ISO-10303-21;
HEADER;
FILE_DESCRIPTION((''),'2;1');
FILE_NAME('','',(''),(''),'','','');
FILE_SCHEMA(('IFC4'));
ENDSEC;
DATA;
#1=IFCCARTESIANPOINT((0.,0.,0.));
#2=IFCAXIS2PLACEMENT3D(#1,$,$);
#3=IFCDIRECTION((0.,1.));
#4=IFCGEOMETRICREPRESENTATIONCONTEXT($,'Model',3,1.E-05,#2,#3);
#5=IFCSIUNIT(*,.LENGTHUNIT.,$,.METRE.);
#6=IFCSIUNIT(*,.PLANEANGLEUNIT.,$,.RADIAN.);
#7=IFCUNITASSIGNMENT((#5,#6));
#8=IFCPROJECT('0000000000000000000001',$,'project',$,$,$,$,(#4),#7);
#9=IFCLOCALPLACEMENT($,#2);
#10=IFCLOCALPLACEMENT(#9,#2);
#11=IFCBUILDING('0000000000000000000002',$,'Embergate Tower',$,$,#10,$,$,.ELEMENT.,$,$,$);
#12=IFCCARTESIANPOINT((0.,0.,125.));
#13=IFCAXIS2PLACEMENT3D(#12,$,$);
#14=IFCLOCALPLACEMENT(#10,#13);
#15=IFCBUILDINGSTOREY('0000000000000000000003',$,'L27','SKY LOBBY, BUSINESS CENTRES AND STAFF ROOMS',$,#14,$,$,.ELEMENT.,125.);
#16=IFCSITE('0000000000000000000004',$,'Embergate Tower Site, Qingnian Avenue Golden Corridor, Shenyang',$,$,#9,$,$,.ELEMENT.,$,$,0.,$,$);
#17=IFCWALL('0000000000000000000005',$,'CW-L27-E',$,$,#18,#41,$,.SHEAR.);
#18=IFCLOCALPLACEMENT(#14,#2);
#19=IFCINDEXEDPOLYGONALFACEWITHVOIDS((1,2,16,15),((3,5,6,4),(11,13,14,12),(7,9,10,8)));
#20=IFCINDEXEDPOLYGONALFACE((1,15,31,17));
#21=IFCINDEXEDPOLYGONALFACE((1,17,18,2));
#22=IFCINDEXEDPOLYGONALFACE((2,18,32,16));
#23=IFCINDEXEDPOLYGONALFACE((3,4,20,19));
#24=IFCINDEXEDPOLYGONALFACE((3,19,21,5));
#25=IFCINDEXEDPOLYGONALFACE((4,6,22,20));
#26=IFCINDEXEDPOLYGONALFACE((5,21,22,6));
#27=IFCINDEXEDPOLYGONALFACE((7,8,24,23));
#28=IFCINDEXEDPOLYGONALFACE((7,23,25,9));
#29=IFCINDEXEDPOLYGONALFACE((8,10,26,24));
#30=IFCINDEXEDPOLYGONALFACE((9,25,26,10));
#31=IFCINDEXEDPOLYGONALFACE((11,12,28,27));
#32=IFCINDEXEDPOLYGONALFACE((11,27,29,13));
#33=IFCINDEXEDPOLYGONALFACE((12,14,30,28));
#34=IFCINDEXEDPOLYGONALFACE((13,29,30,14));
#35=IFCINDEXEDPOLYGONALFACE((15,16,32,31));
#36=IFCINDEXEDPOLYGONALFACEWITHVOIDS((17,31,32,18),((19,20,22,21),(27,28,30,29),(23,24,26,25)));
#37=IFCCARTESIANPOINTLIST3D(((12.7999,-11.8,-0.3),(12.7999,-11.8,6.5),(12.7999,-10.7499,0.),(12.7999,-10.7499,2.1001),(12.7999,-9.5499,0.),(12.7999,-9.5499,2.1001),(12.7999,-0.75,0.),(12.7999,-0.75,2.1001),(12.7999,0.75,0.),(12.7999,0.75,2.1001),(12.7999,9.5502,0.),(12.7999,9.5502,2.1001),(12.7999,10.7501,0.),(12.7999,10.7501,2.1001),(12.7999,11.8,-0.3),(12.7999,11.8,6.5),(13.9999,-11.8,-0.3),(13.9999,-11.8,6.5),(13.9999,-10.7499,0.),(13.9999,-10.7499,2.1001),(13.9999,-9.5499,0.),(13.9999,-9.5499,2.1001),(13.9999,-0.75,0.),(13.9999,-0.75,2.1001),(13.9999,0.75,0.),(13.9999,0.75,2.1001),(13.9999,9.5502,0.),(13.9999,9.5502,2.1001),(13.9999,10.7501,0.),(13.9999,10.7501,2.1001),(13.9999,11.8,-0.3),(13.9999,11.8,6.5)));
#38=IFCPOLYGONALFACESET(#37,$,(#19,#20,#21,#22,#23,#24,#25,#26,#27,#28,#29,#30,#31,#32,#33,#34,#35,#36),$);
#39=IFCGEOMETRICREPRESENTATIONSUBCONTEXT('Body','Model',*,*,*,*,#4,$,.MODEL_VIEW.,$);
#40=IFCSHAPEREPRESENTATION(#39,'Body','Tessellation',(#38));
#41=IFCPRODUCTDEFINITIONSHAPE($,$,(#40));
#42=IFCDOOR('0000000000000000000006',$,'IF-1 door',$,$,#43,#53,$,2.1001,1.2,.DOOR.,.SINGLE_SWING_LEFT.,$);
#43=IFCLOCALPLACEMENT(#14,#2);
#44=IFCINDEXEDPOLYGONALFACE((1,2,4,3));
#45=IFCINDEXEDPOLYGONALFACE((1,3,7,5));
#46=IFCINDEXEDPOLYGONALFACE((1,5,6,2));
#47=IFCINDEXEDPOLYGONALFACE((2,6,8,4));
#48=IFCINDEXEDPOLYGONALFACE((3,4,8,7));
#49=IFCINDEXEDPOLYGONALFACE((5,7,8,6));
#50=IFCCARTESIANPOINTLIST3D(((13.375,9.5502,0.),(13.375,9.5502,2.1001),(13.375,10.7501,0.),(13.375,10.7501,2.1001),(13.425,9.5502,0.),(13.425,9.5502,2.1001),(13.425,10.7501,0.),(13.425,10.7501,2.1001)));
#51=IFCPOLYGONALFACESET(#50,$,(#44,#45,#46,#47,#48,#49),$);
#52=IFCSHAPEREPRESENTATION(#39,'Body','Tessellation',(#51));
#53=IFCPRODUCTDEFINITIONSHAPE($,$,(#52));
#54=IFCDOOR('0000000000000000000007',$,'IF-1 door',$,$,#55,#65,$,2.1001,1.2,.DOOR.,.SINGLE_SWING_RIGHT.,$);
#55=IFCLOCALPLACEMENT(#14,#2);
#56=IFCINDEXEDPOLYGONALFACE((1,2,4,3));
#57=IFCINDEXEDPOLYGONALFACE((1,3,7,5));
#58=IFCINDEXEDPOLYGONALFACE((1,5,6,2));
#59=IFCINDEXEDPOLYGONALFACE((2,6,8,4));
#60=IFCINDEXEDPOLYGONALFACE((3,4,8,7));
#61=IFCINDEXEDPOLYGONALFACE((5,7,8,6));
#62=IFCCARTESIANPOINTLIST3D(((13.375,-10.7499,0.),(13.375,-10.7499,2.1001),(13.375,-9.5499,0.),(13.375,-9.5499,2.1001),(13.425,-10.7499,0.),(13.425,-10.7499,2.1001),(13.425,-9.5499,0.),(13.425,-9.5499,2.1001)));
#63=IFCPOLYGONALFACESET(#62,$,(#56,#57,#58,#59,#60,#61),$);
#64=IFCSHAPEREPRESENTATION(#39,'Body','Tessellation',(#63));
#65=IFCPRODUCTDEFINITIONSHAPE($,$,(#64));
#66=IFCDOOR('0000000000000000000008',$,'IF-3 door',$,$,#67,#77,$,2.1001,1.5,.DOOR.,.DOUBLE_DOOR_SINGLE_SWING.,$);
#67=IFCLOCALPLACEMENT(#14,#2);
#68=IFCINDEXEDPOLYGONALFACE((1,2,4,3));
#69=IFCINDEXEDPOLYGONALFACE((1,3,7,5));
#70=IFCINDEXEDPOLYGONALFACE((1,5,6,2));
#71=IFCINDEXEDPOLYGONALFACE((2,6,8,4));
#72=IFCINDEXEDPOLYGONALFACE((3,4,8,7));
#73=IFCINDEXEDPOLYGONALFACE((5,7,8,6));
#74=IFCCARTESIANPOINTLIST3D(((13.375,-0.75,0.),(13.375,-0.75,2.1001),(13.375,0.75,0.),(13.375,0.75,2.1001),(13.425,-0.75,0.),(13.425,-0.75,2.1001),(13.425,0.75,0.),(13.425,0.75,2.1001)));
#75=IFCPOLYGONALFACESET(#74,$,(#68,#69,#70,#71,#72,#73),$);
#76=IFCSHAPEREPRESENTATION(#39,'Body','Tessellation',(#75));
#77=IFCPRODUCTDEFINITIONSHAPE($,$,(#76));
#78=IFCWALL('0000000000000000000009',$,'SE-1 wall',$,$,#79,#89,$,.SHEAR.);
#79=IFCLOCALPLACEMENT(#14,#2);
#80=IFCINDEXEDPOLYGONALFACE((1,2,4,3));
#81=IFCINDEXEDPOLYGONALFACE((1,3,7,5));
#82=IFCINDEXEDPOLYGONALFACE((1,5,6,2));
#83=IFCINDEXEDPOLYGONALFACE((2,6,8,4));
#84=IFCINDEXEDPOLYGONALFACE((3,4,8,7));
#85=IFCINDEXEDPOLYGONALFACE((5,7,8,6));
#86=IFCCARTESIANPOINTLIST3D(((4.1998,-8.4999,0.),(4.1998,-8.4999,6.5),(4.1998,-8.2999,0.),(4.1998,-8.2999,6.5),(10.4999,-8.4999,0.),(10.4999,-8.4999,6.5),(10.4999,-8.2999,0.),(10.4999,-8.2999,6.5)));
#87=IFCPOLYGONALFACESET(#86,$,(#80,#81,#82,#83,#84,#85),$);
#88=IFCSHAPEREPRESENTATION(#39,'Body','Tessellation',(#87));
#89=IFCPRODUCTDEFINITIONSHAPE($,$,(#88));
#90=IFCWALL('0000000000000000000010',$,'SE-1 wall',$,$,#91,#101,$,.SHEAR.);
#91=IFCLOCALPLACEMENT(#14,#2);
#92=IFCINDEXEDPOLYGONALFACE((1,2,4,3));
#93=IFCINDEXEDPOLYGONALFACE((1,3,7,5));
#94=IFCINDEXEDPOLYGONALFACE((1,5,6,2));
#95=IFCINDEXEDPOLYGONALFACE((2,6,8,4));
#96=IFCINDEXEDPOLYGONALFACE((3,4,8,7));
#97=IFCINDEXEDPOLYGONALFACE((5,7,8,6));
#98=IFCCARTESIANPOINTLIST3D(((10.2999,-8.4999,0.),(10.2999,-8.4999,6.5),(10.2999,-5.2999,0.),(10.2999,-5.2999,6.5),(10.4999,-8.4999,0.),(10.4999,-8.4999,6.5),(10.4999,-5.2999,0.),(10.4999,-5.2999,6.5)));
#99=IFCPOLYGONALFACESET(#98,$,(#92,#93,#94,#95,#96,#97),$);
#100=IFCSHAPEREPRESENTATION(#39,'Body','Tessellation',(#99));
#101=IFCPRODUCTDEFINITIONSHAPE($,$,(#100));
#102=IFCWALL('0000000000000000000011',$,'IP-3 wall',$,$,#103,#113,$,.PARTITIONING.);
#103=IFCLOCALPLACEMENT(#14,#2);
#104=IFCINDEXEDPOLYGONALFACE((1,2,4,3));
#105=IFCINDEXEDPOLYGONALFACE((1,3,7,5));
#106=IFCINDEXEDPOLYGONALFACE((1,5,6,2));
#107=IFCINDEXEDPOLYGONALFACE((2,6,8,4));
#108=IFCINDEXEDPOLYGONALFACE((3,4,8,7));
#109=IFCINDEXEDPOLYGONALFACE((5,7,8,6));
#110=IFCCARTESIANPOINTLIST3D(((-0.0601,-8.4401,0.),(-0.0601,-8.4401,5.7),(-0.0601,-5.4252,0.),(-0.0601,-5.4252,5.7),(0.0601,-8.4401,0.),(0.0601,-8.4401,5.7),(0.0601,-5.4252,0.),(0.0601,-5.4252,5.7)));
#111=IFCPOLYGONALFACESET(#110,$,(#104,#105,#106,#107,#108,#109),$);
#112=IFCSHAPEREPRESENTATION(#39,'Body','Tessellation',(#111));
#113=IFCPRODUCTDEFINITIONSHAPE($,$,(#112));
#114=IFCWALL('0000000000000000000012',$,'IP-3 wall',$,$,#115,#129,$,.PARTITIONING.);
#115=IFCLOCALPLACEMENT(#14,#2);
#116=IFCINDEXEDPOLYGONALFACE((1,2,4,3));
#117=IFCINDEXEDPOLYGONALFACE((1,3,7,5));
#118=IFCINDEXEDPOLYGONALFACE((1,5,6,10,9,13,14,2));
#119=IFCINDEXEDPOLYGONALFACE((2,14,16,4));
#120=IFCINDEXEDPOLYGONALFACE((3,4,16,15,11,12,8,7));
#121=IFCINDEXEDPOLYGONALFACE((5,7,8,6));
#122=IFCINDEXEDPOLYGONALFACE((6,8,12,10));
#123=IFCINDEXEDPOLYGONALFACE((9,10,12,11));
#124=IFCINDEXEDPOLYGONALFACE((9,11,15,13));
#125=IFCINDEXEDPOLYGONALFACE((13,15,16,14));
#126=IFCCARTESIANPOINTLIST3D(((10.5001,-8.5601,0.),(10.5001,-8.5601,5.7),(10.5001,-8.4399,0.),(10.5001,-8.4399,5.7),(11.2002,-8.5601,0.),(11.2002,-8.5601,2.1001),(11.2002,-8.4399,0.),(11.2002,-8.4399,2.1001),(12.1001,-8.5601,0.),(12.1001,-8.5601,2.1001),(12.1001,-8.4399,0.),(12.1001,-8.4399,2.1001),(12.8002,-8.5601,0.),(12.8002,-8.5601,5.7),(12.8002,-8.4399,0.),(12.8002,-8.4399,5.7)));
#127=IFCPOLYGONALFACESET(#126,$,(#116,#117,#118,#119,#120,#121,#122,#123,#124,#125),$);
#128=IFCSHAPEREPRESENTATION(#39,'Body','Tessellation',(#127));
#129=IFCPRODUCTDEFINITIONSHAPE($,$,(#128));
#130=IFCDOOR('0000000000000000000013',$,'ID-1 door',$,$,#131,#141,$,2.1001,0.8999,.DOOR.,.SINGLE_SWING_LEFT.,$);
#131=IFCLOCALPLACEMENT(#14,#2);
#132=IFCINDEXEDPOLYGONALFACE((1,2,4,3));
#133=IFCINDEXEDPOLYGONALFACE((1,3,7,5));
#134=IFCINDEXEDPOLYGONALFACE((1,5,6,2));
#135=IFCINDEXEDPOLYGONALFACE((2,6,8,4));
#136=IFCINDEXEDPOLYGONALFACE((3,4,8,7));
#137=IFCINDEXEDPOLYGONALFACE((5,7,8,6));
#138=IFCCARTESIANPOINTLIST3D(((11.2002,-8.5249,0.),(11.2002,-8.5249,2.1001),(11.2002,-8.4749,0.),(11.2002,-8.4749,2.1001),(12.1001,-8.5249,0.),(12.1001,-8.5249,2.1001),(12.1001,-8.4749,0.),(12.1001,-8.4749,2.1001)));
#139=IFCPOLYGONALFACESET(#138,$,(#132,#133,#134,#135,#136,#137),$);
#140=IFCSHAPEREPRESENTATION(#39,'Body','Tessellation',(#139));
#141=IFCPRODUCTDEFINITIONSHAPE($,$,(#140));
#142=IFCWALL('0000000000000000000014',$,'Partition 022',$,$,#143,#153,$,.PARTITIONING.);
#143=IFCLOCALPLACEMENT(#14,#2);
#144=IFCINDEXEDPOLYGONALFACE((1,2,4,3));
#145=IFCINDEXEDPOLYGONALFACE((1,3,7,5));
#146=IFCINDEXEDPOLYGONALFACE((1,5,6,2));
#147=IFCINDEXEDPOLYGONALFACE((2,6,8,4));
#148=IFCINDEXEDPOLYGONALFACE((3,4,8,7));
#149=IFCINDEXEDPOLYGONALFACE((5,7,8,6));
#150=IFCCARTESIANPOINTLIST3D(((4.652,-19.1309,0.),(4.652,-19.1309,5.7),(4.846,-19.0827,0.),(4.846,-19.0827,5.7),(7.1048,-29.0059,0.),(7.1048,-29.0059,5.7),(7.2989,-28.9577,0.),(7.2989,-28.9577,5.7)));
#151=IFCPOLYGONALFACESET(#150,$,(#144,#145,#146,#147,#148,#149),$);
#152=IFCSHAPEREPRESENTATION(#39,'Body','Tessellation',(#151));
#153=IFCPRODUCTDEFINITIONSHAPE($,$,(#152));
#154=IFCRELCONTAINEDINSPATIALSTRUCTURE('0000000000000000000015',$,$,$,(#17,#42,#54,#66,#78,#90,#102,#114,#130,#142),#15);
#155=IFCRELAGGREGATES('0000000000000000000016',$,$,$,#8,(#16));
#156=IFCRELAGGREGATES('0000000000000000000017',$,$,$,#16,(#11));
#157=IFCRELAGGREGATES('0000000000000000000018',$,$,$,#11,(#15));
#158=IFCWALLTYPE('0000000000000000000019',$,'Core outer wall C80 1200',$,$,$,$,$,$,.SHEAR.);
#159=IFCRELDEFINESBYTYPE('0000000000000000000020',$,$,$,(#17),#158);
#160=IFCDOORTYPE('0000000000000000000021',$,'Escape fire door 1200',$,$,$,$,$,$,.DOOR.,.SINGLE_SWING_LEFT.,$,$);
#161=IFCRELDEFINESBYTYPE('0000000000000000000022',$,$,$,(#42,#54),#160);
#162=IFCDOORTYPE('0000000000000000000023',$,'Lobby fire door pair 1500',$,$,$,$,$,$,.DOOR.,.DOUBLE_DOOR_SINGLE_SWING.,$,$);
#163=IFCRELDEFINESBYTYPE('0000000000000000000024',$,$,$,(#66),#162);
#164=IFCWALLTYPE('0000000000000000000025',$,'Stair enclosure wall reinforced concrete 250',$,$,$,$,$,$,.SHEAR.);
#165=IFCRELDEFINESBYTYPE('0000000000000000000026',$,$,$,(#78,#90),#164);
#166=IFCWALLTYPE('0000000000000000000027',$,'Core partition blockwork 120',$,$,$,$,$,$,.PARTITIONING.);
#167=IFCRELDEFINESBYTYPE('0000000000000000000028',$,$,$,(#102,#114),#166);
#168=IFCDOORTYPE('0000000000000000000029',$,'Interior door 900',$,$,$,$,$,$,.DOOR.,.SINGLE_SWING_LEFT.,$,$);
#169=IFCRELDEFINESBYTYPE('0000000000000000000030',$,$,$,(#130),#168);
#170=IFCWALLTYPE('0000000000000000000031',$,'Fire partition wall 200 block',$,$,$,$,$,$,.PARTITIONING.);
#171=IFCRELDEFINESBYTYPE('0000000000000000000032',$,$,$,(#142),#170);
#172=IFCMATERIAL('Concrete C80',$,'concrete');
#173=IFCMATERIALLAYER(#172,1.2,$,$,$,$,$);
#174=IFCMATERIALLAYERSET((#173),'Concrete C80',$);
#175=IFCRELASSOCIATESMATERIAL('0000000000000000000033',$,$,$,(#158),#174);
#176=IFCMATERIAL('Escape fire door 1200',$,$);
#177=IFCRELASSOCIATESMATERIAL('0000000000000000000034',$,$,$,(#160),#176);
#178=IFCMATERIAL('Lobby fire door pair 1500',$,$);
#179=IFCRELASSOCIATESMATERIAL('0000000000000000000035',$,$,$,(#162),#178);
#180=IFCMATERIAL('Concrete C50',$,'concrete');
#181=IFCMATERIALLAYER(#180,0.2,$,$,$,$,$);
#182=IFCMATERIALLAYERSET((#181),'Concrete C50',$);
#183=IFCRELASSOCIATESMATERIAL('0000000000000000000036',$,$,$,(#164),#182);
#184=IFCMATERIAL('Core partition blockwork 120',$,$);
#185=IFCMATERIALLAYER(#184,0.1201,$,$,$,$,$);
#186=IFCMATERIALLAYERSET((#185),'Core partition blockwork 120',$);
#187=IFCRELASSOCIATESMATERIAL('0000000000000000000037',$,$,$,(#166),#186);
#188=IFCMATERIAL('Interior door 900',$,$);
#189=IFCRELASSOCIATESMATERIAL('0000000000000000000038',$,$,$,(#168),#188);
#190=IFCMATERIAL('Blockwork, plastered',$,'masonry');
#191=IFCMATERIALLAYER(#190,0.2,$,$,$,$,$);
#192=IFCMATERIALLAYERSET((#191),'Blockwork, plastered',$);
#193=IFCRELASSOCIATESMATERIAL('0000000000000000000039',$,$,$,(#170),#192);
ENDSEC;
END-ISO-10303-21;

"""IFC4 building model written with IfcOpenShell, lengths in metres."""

from ifc_helpers import new_model, si_unit, direction, frame, frame_2d, origin, place, context, subcontext, project, spatial, rectangle, extrude, source, transform, mapped, material, layer, layer_set, type_object, element, fill, save


model = new_model("IFC4")

# Units and contexts
model_context = context("Model", 3, precision=1e-05, world=origin(), true_north=direction((0.0, 1.0)))
body_context = subcontext(model_context, "Body", "Model", "MODEL_VIEW")
ifc_project = project(units=[si_unit("LENGTHUNIT", "METRE"), si_unit("PLANEANGLEUNIT", "RADIAN")], contexts=[model_context])

# Site, building, storey
site_placement = place(None, origin())
site = spatial("IfcSite", under=ifc_project, at=site_placement, Name="Embergate Tower Site, Qingnian Avenue Golden Corridor, Shenyang", CompositionType="ELEMENT", RefElevation=0.0)
building_placement = place(site_placement, origin())
building = spatial("IfcBuilding", under=site, at=building_placement, Name="Embergate Tower", CompositionType="ELEMENT")
storey_placement = place(building_placement, frame((0.0, 0.0, 125.0)))
storey = spatial("IfcBuildingStorey", under=building, at=storey_placement, Name="L27", Description="SKY LOBBY, BUSINESS CENTRES AND STAFF ROOMS", CompositionType="ELEMENT", Elevation=125.0)

# Wall, openings, doors
ifc_material_1 = material(Name="Concrete C80", Category="concrete")
ifc_layer_1 = layer(ifc_material_1, 1.2)
ifc_layer_set_1 = layer_set([ifc_layer_1], Name="Concrete C80")
wall_type_1 = type_object("IfcWallType", Name="Core outer wall C80 1200", PredefinedType="SHEAR", material=ifc_layer_set_1)
shared_shape_1 = source(origin(), body_context, "Body", "SweptSolid", [
    extrude(rectangle(XDim=23.6001, YDim=1.2, at=frame_2d((11.8, 0.0))), origin(), (0.0, 0.0, 1.0), 6.8),
])
wall_1_placement = place(storey_placement, frame((13.3999, -11.8, -0.3), z_axis=(0.0, 0.0, 1.0), x_axis=(0.0, 1.0, 0.0)))
wall_1 = element("IfcWall", 1, at=wall_1_placement, inside=storey, type_object=wall_type_1, Name="CW-L27-E", PredefinedType="SHEAR", context=body_context, shape_type="MappedRepresentation", body=[
    mapped(shared_shape_1, transform((0.0, 0.0, 0.0))),
])
shared_shape_2 = source(origin(), body_context, "Body", "SweptSolid", [
    extrude(rectangle(XDim=1.2, YDim=2.1001, at=frame_2d((0.6001, 1.05))), frame((0.0, 0.6099, 0.0), z_axis=(0.0, -1.0, 0.0), x_axis=(1.0, 0.0, 0.0)), (0.0, 0.0, 1.0), 1.22),
])
opening_1_placement = place(wall_1_placement, frame((21.3501, 0.0, 0.3)))
opening_1 = element("IfcOpeningElement", 2, at=opening_1_placement, cuts=wall_1, PredefinedType="OPENING", context=body_context, shape_type="MappedRepresentation", body=[
    mapped(shared_shape_2, transform((0.0, 0.0, 0.0))),
])
opening_2_placement = place(wall_1_placement, frame((1.05, 0.0, 0.3)))
opening_2 = element("IfcOpeningElement", 3, at=opening_2_placement, cuts=wall_1, PredefinedType="OPENING", context=body_context, shape_type="MappedRepresentation", body=[
    mapped(shared_shape_2, transform((0.0, 0.0, 0.0))),
])
shared_shape_3 = source(origin(), body_context, "Body", "SweptSolid", [
    extrude(rectangle(XDim=1.5, YDim=2.1001, at=frame_2d((0.75, 1.05))), frame((0.0, 0.6099, 0.0), z_axis=(0.0, -1.0, 0.0), x_axis=(1.0, 0.0, 0.0)), (0.0, 0.0, 1.0), 1.22),
])
opening_3_placement = place(wall_1_placement, frame((11.05, 0.0, 0.3)))
opening_3 = element("IfcOpeningElement", 4, at=opening_3_placement, cuts=wall_1, PredefinedType="OPENING", context=body_context, shape_type="MappedRepresentation", body=[
    mapped(shared_shape_3, transform((0.0, 0.0, 0.0))),
])
ifc_material_2 = material(Name="Escape fire door 1200")
door_type_1 = type_object("IfcDoorType", Name="Escape fire door 1200", OperationType="SINGLE_SWING_LEFT", PredefinedType="DOOR", material=ifc_material_2)
shared_shape_4 = source(origin(), body_context, "Body", "SweptSolid", [
    extrude(rectangle(XDim=1.2, YDim=2.1001, at=frame_2d((0.6001, 1.05))), frame((0.0, 0.0249, 0.0), z_axis=(0.0, -1.0, 0.0), x_axis=(1.0, 0.0, 0.0)), (0.0, 0.0, 1.0), 0.05),
])
door_1_placement = place(opening_1_placement, origin())
door_1 = element("IfcDoor", 5, at=door_1_placement, inside=storey, type_object=door_type_1, Name="IF-1 door", OperationType="SINGLE_SWING_LEFT", OverallHeight=2.1001, OverallWidth=1.2, PredefinedType="DOOR", context=body_context, shape_type="MappedRepresentation", body=[
    mapped(shared_shape_4, transform((0.0, 0.0, 0.0))),
])
fill(opening_1, door_1)
door_2_placement = place(opening_2_placement, origin())
door_2 = element("IfcDoor", 6, at=door_2_placement, inside=storey, type_object=door_type_1, Name="IF-1 door", OperationType="SINGLE_SWING_RIGHT", OverallHeight=2.1001, OverallWidth=1.2, PredefinedType="DOOR", context=body_context, shape_type="MappedRepresentation", body=[
    mapped(shared_shape_4, transform((0.0, 0.0, 0.0))),
])
fill(opening_2, door_2)
ifc_material_3 = material(Name="Lobby fire door pair 1500")
door_type_2 = type_object("IfcDoorType", Name="Lobby fire door pair 1500", OperationType="DOUBLE_DOOR_SINGLE_SWING", PredefinedType="DOOR", material=ifc_material_3)
shared_shape_5 = source(origin(), body_context, "Body", "SweptSolid", [
    extrude(rectangle(XDim=1.5, YDim=2.1001, at=frame_2d((0.75, 1.05))), frame((0.0, 0.0249, 0.0), z_axis=(0.0, -1.0, 0.0), x_axis=(1.0, 0.0, 0.0)), (0.0, 0.0, 1.0), 0.05),
])
door_3_placement = place(opening_3_placement, origin())
door_3 = element("IfcDoor", 7, at=door_3_placement, inside=storey, type_object=door_type_2, Name="IF-3 door", OperationType="DOUBLE_DOOR_SINGLE_SWING", OverallHeight=2.1001, OverallWidth=1.5, PredefinedType="DOOR", context=body_context, shape_type="MappedRepresentation", body=[
    mapped(shared_shape_5, transform((0.0, 0.0, 0.0))),
])
fill(opening_3, door_3)

# Walls
ifc_material_4 = material(Name="Concrete C50", Category="concrete")
ifc_layer_2 = layer(ifc_material_4, 0.2)
ifc_layer_set_2 = layer_set([ifc_layer_2], Name="Concrete C50")
wall_type_2 = type_object("IfcWallType", Name="Stair enclosure wall reinforced concrete 250", PredefinedType="SHEAR", material=ifc_layer_set_2)
shared_shape_6 = source(origin(), body_context, "Body", "SweptSolid", [
    extrude(rectangle(XDim=6.3, YDim=0.2, at=frame_2d((3.1499, 0.0))), origin(), (0.0, 0.0, 1.0), 6.5),
])
wall_2_placement = place(storey_placement, frame((4.2, -8.3999, 0.0), z_axis=(0.0, 0.0, 1.0), x_axis=(1.0, 0.0, 0.0)))
element("IfcWall", 8, at=wall_2_placement, inside=storey, type_object=wall_type_2, Name="SE-1 wall", PredefinedType="SHEAR", context=body_context, shape_type="MappedRepresentation", body=[
    mapped(shared_shape_6, transform((0.0, 0.0, 0.0))),
])
shared_shape_7 = source(origin(), body_context, "Body", "SweptSolid", [
    extrude(rectangle(XDim=3.2, YDim=0.2, at=frame_2d((1.6001, 0.0))), origin(), (0.0, 0.0, 1.0), 6.5),
])
wall_3_placement = place(storey_placement, frame((10.3999, -8.5, 0.0), z_axis=(0.0, 0.0, 1.0), x_axis=(0.0, 1.0, 0.0)))
element("IfcWall", 9, at=wall_3_placement, inside=storey, type_object=wall_type_2, Name="SE-1 wall", PredefinedType="SHEAR", context=body_context, shape_type="MappedRepresentation", body=[
    mapped(shared_shape_7, transform((0.0, 0.0, 0.0))),
])
ifc_material_5 = material(Name="Core partition blockwork 120")
ifc_layer_3 = layer(ifc_material_5, 0.1201)
ifc_layer_set_3 = layer_set([ifc_layer_3], Name="Core partition blockwork 120")
wall_type_3 = type_object("IfcWallType", Name="Core partition blockwork 120", PredefinedType="PARTITIONING", material=ifc_layer_set_3)
shared_shape_8 = source(origin(), body_context, "Body", "SweptSolid", [
    extrude(rectangle(XDim=3.0149, YDim=0.1201, at=frame_2d((1.5073, 0.0))), origin(), (0.0, 0.0, 1.0), 5.7),
])
wall_4_placement = place(storey_placement, frame((0.0, -8.4399, 0.0), z_axis=(0.0, 0.0, 1.0), x_axis=(0.0, 1.0, 0.0)))
element("IfcWall", 10, at=wall_4_placement, inside=storey, type_object=wall_type_3, Name="IP-3 wall", PredefinedType="PARTITIONING", context=body_context, shape_type="MappedRepresentation", body=[
    mapped(shared_shape_8, transform((0.0, 0.0, 0.0))),
])

# Wall, opening, door
shared_shape_9 = source(origin(), body_context, "Body", "SweptSolid", [
    extrude(rectangle(XDim=2.3, YDim=0.1201, at=frame_2d((1.1499, 0.0))), origin(), (0.0, 0.0, 1.0), 5.7),
])
wall_5_placement = place(storey_placement, frame((12.8, -8.5, 0.0), z_axis=(0.0, 0.0, 1.0), x_axis=(-1.0, 0.0, 0.0)))
wall_5 = element("IfcWall", 11, at=wall_5_placement, inside=storey, type_object=wall_type_3, Name="IP-3 wall", PredefinedType="PARTITIONING", context=body_context, shape_type="MappedRepresentation", body=[
    mapped(shared_shape_9, transform((0.0, 0.0, 0.0))),
])
shared_shape_10 = source(origin(), body_context, "Body", "SweptSolid", [
    extrude(rectangle(XDim=0.8999, YDim=2.1001, at=frame_2d((0.45, 1.05))), frame((0.0, 0.0701, 0.0), z_axis=(0.0, -1.0, 0.0), x_axis=(1.0, 0.0, 0.0)), (0.0, 0.0, 1.0), 0.1401),
])
opening_4_placement = place(wall_5_placement, frame((0.7, 0.0, 0.0)))
opening_4 = element("IfcOpeningElement", 12, at=opening_4_placement, cuts=wall_5, PredefinedType="OPENING", context=body_context, shape_type="MappedRepresentation", body=[
    mapped(shared_shape_10, transform((0.0, 0.0, 0.0))),
])
ifc_material_6 = material(Name="Interior door 900")
door_type_3 = type_object("IfcDoorType", Name="Interior door 900", OperationType="SINGLE_SWING_LEFT", PredefinedType="DOOR", material=ifc_material_6)
shared_shape_11 = source(origin(), body_context, "Body", "SweptSolid", [
    extrude(rectangle(XDim=0.8999, YDim=2.1001, at=frame_2d((0.45, 1.05))), frame((0.0, 0.0249, 0.0), z_axis=(0.0, -1.0, 0.0), x_axis=(1.0, 0.0, 0.0)), (0.0, 0.0, 1.0), 0.05),
])
door_4_placement = place(opening_4_placement, origin())
door_4 = element("IfcDoor", 13, at=door_4_placement, inside=storey, type_object=door_type_3, Name="ID-1 door", OperationType="SINGLE_SWING_LEFT", OverallHeight=2.1001, OverallWidth=0.8999, PredefinedType="DOOR", context=body_context, shape_type="MappedRepresentation", body=[
    mapped(shared_shape_11, transform((0.0, 0.0, 0.0))),
])
fill(opening_4, door_4)

# Wall
ifc_material_7 = material(Name="Blockwork, plastered", Category="masonry")
ifc_layer_4 = layer(ifc_material_7, 0.2)
ifc_layer_set_4 = layer_set([ifc_layer_4], Name="Blockwork, plastered")
wall_type_4 = type_object("IfcWallType", Name="Fire partition wall 200 block", PredefinedType="PARTITIONING", material=ifc_layer_set_4)
shared_shape_12 = source(origin(), body_context, "Body", "SweptSolid", [
    extrude(rectangle(XDim=10.175, YDim=0.2, at=frame_2d((5.0874, 0.0))), origin(), (0.0, 0.0, 1.0), 5.7),
])
wall_6_placement = place(storey_placement, frame((4.749, -19.1069, 0.0), z_axis=(0.0, 0.0, 1.0), x_axis=(0.241067, -0.970508, 0.0)))
element("IfcWall", 14, at=wall_6_placement, inside=storey, type_object=wall_type_4, Name="Partition 022", PredefinedType="PARTITIONING", context=body_context, shape_type="MappedRepresentation", body=[
    mapped(shared_shape_12, transform((0.0, 0.0, 0.0))),
])

save(model, "model.ifc")
